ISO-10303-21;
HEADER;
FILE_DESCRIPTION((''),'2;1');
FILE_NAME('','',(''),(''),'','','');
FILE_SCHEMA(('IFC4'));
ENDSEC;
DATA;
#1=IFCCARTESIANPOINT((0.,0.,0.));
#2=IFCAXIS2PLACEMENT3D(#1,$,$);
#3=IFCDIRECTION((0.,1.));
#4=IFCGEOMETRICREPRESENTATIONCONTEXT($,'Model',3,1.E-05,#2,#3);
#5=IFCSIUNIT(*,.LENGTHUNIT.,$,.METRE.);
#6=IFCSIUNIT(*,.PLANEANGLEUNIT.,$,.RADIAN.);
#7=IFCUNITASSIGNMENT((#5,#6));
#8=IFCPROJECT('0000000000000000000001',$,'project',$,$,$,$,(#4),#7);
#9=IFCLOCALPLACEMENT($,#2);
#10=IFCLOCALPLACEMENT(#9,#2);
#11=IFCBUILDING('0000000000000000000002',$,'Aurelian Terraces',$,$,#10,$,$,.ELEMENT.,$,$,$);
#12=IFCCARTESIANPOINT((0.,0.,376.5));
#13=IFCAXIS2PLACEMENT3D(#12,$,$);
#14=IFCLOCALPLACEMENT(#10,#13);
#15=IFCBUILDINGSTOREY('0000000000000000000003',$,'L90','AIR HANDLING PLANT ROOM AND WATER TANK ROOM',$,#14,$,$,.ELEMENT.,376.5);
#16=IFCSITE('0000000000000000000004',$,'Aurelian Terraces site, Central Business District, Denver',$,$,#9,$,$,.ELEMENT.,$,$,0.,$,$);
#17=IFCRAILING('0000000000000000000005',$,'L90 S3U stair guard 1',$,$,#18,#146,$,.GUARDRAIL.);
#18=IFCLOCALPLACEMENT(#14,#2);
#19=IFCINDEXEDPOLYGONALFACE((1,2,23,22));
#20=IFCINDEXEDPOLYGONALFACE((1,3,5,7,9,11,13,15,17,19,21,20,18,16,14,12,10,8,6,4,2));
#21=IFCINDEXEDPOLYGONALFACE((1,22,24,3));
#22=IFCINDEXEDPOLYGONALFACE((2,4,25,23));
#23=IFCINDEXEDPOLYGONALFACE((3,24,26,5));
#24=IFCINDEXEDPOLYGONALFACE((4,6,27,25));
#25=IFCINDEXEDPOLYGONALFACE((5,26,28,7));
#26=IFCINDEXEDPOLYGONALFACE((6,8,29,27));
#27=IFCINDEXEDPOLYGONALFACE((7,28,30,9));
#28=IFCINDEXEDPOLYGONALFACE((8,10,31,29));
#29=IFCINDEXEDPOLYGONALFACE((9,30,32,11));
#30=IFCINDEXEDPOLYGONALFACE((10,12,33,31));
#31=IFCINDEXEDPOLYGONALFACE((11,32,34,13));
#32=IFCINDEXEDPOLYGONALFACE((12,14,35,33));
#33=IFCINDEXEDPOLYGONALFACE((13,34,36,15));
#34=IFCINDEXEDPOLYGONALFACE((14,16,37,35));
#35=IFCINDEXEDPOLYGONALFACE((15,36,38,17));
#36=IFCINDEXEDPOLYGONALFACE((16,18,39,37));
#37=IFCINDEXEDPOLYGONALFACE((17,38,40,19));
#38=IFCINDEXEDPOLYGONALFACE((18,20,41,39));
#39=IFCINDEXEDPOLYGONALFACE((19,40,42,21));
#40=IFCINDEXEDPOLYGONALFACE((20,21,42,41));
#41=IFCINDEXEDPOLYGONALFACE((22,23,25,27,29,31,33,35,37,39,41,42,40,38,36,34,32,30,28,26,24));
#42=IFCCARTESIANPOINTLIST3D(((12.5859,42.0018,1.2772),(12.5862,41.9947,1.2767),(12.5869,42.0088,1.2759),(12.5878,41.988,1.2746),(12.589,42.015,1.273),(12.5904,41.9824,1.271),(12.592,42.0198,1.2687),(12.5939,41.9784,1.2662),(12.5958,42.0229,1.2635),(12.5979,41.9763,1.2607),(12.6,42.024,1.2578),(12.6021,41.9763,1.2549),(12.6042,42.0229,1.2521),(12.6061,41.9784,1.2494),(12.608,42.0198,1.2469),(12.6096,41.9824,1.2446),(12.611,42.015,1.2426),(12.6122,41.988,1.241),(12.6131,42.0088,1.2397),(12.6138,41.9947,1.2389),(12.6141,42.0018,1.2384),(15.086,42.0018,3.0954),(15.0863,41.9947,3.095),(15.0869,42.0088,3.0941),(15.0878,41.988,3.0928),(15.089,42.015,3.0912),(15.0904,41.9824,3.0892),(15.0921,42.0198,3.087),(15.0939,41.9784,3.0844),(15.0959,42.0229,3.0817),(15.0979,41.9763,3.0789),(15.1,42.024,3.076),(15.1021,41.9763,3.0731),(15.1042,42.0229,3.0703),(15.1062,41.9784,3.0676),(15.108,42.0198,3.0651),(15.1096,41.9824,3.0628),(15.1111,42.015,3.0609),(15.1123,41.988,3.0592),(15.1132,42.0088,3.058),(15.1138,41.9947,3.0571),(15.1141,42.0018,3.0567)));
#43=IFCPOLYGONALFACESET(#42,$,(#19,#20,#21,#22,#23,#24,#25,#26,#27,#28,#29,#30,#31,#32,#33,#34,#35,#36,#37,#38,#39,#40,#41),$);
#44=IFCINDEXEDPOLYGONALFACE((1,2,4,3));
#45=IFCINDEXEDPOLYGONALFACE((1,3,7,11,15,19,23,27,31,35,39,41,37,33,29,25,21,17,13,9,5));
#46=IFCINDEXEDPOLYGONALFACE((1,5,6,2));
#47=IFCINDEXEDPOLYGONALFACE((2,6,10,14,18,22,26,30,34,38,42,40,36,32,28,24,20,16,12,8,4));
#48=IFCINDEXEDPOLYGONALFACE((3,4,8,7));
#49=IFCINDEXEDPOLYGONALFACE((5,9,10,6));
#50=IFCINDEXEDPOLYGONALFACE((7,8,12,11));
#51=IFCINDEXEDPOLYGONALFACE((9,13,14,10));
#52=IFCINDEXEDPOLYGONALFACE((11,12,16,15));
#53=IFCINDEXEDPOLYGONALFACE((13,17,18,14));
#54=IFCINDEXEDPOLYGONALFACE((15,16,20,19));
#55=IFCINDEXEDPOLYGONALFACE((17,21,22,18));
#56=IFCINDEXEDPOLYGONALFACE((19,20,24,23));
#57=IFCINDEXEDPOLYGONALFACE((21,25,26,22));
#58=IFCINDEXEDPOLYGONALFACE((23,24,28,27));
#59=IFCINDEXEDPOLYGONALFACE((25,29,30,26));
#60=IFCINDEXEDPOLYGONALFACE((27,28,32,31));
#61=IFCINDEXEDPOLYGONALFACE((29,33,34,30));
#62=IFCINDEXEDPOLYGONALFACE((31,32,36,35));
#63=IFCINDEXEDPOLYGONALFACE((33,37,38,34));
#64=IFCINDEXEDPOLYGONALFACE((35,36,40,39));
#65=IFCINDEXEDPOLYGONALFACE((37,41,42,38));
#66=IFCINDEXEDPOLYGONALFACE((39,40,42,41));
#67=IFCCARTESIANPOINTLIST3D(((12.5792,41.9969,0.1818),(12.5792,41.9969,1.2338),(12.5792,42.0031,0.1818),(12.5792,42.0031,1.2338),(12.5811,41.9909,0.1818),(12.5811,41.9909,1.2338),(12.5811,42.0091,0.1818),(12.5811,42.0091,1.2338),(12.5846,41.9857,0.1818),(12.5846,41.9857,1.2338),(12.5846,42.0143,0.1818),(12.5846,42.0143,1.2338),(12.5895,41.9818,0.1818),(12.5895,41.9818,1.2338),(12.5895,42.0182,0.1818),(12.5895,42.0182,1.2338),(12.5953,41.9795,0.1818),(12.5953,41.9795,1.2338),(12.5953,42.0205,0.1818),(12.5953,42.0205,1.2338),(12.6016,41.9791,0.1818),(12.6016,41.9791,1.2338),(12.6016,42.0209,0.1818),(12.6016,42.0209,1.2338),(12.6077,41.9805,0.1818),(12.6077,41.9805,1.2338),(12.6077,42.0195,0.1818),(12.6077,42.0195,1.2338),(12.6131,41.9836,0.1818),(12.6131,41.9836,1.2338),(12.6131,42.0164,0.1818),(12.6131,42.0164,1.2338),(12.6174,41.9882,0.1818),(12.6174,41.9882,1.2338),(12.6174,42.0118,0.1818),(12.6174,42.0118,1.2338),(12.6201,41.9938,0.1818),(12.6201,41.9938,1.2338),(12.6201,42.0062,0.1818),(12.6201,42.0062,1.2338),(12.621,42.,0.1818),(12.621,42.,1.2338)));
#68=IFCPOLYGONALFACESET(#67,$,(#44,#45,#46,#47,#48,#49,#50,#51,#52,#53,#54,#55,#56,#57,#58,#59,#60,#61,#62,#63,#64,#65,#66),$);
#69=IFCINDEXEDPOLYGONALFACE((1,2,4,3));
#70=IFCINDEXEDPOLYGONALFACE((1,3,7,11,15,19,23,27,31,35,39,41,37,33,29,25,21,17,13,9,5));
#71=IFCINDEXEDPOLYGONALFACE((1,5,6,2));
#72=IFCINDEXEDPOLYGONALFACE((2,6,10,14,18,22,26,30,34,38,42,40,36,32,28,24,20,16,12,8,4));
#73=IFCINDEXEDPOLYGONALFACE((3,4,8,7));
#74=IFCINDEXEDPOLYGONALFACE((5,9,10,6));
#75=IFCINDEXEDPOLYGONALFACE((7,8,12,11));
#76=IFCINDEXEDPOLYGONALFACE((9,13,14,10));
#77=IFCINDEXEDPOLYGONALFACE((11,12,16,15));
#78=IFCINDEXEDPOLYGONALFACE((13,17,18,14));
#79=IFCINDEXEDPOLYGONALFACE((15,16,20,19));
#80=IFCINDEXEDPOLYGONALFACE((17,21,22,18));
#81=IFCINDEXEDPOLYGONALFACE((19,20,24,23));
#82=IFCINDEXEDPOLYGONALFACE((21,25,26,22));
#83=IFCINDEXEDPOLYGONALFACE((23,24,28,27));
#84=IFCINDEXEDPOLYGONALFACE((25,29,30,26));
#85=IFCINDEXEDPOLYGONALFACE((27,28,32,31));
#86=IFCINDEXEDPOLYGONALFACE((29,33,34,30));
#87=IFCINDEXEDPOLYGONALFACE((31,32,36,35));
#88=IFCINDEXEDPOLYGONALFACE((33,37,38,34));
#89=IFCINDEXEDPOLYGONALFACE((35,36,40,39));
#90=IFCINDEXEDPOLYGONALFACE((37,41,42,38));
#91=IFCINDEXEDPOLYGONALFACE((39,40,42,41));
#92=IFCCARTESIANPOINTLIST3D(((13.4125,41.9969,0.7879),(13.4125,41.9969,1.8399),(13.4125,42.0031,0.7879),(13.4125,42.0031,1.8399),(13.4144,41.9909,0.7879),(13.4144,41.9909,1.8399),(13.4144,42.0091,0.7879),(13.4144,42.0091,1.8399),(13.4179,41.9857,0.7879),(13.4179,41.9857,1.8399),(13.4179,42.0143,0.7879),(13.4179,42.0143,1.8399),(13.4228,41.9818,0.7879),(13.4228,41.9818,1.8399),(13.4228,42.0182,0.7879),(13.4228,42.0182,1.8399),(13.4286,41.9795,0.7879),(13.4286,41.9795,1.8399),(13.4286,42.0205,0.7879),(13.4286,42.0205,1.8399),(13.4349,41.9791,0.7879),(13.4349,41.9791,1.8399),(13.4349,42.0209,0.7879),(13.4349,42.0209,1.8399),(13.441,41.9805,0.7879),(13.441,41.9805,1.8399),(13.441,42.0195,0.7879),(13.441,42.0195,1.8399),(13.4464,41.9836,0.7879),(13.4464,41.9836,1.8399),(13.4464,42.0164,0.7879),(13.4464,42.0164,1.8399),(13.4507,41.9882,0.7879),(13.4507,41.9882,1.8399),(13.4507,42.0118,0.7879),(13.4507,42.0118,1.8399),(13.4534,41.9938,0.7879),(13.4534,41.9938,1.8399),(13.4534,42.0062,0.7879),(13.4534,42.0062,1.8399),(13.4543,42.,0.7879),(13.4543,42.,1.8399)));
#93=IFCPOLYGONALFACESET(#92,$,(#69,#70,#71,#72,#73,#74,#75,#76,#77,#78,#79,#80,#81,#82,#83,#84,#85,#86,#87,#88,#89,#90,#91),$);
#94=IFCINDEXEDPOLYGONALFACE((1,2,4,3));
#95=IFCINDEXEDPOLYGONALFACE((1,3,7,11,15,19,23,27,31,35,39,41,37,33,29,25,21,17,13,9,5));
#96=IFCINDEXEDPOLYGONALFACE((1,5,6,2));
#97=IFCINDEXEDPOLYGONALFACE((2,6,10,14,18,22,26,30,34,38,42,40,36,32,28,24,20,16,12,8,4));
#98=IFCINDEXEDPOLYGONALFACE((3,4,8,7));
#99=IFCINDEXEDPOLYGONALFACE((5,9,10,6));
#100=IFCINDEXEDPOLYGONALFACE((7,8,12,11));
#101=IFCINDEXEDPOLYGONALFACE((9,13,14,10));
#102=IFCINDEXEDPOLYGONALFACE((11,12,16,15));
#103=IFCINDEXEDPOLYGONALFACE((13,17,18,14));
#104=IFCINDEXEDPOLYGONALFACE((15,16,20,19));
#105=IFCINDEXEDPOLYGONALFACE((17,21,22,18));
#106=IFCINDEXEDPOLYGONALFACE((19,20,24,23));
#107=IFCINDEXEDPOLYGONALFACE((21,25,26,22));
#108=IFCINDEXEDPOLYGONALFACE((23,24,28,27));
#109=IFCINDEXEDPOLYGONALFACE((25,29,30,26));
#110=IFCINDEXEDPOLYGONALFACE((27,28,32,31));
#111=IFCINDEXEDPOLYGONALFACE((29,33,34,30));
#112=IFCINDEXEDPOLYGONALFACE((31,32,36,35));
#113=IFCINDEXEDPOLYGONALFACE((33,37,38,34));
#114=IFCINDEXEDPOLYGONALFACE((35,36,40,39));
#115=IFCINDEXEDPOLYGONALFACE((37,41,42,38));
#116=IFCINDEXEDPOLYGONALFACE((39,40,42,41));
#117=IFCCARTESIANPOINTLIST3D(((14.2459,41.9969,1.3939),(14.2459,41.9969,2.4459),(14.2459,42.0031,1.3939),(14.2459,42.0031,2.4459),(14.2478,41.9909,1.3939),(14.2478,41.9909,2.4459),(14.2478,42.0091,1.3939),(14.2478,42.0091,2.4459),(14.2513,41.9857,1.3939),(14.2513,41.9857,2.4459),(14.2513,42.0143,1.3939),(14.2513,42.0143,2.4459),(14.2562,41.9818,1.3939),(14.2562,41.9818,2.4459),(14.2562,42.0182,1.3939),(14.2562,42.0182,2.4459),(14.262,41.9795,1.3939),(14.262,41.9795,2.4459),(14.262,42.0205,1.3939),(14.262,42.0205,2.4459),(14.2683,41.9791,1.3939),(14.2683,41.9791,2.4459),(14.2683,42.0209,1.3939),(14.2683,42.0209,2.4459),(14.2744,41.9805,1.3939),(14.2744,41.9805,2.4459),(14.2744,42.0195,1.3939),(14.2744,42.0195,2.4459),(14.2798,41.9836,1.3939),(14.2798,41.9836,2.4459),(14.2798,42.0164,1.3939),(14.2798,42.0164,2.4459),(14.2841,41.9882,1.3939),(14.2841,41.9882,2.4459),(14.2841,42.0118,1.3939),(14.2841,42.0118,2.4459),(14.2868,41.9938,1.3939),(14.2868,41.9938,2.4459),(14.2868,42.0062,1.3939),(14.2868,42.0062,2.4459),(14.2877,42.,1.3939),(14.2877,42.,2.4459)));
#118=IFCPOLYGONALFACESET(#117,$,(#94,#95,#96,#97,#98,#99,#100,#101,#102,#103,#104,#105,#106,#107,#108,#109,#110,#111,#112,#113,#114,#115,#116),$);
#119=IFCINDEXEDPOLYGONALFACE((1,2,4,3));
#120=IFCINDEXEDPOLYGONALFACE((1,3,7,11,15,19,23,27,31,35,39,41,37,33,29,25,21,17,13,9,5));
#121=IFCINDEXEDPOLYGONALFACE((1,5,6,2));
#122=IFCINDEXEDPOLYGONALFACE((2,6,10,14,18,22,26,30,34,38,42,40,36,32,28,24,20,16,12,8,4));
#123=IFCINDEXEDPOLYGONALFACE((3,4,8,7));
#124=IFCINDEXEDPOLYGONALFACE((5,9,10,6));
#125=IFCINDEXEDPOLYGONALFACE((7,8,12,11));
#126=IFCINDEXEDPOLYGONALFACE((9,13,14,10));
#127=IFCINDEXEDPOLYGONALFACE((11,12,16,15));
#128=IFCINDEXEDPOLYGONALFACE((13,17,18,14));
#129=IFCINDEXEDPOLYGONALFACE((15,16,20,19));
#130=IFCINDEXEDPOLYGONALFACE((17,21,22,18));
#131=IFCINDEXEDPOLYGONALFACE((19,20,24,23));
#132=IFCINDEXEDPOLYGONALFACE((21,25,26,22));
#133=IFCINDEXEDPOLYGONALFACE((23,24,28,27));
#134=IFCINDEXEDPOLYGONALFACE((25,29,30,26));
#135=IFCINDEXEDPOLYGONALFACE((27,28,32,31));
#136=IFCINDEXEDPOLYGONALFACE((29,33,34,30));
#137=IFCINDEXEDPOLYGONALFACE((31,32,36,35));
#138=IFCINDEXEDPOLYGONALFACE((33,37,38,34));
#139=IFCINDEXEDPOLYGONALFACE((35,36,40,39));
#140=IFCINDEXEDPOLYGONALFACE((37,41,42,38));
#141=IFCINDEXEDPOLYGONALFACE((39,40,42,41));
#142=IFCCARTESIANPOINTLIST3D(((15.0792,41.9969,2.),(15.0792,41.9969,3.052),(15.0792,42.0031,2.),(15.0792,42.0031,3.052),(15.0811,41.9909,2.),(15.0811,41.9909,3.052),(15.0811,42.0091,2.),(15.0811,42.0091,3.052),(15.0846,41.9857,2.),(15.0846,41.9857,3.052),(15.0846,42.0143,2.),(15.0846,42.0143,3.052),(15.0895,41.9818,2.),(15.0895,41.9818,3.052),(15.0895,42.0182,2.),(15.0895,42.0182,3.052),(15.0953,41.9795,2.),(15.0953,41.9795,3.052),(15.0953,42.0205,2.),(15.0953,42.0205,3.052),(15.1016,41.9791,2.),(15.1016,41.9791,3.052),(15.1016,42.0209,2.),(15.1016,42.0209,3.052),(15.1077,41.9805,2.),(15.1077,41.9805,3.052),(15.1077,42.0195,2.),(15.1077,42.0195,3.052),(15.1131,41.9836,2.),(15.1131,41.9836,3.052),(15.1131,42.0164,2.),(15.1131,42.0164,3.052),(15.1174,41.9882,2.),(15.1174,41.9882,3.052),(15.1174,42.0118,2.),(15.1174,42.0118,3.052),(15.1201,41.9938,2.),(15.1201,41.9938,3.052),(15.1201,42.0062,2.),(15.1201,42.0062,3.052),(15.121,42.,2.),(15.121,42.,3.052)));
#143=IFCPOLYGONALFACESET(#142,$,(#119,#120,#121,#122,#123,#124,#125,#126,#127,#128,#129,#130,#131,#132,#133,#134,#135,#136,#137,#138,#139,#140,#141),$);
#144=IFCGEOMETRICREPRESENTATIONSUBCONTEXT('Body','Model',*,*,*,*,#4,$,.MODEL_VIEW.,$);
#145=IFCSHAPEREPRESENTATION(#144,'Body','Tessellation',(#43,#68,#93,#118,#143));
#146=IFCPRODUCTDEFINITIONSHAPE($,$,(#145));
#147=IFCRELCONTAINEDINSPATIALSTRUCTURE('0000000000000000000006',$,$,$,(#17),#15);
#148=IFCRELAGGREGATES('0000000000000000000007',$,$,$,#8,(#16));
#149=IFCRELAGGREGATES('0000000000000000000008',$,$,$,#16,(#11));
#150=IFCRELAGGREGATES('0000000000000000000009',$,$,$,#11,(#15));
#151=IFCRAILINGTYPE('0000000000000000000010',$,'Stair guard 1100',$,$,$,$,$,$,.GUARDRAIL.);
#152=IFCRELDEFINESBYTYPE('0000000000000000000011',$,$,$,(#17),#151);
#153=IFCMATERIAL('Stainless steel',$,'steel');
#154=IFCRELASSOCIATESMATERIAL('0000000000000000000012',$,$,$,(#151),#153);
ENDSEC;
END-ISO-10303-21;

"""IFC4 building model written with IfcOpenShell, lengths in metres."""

from ifc_helpers import new_model, si_unit, direction, frame, origin, origin_2d, place, context, subcontext, project, spatial, circle, extrude, source, transform, mapped, material, type_object, element, save


model = new_model("IFC4")

# Units and contexts
model_context = context("Model", 3, precision=1e-05, world=origin(), true_north=direction((0.0, 1.0)))
body_context = subcontext(model_context, "Body", "Model", "MODEL_VIEW")
ifc_project = project(units=[si_unit("LENGTHUNIT", "METRE"), si_unit("PLANEANGLEUNIT", "RADIAN")], contexts=[model_context])

# Site, building, storey
site_placement = place(None, origin())
site = spatial("IfcSite", under=ifc_project, at=site_placement, Name="Aurelian Terraces site, Central Business District, Denver", CompositionType="ELEMENT", RefElevation=0.0)
building_placement = place(site_placement, origin())
building = spatial("IfcBuilding", under=site, at=building_placement, Name="Aurelian Terraces", CompositionType="ELEMENT")
storey_placement = place(building_placement, frame((0.0, 0.0, 376.5)))
storey = spatial("IfcBuildingStorey", under=building, at=storey_placement, Name="L90", Description="AIR HANDLING PLANT ROOM AND WATER TANK ROOM", CompositionType="ELEMENT", Elevation=376.5)

# Railing
ifc_material_1 = material(Name="Stainless steel", Category="steel")
railing_type_1 = type_object("IfcRailingType", Name="Stair guard 1100", PredefinedType="GUARDRAIL", material=ifc_material_1)
shared_shape_1 = source(origin(), body_context, "Body", "SweptSolid", [
    extrude(circle(Radius=0.024, at=origin_2d()), frame((0.0, 0.0, 1.076), z_axis=(0.808733, 0.0, 0.588176), x_axis=(0.0, 1.0, 0.0)), (0.0, 0.0, 1.0), 3.0913),
    extrude(circle(Radius=0.021, at=origin_2d()), origin(), (0.0, 0.0, 1.0), 1.052),
    extrude(circle(Radius=0.021, at=origin_2d()), frame((0.8333, 0.0, 0.6061)), (0.0, 0.0, 1.0), 1.052),
    extrude(circle(Radius=0.021, at=origin_2d()), frame((1.6667, 0.0, 1.2121)), (0.0, 0.0, 1.0), 1.052),
    extrude(circle(Radius=0.021, at=origin_2d()), frame((2.5, 0.0, 1.8182)), (0.0, 0.0, 1.0), 1.052),
])
railing_1_placement = place(storey_placement, frame((12.6, 42.0, 0.1818)))
element("IfcRailing", 1, at=railing_1_placement, inside=storey, type_object=railing_type_1, Name="L90 S3U stair guard 1", PredefinedType="GUARDRAIL", context=body_context, shape_type="MappedRepresentation", body=[
    mapped(shared_shape_1, transform((0.0, 0.0, 0.0), scale=1.0)),
])

save(model, "model.ifc")
